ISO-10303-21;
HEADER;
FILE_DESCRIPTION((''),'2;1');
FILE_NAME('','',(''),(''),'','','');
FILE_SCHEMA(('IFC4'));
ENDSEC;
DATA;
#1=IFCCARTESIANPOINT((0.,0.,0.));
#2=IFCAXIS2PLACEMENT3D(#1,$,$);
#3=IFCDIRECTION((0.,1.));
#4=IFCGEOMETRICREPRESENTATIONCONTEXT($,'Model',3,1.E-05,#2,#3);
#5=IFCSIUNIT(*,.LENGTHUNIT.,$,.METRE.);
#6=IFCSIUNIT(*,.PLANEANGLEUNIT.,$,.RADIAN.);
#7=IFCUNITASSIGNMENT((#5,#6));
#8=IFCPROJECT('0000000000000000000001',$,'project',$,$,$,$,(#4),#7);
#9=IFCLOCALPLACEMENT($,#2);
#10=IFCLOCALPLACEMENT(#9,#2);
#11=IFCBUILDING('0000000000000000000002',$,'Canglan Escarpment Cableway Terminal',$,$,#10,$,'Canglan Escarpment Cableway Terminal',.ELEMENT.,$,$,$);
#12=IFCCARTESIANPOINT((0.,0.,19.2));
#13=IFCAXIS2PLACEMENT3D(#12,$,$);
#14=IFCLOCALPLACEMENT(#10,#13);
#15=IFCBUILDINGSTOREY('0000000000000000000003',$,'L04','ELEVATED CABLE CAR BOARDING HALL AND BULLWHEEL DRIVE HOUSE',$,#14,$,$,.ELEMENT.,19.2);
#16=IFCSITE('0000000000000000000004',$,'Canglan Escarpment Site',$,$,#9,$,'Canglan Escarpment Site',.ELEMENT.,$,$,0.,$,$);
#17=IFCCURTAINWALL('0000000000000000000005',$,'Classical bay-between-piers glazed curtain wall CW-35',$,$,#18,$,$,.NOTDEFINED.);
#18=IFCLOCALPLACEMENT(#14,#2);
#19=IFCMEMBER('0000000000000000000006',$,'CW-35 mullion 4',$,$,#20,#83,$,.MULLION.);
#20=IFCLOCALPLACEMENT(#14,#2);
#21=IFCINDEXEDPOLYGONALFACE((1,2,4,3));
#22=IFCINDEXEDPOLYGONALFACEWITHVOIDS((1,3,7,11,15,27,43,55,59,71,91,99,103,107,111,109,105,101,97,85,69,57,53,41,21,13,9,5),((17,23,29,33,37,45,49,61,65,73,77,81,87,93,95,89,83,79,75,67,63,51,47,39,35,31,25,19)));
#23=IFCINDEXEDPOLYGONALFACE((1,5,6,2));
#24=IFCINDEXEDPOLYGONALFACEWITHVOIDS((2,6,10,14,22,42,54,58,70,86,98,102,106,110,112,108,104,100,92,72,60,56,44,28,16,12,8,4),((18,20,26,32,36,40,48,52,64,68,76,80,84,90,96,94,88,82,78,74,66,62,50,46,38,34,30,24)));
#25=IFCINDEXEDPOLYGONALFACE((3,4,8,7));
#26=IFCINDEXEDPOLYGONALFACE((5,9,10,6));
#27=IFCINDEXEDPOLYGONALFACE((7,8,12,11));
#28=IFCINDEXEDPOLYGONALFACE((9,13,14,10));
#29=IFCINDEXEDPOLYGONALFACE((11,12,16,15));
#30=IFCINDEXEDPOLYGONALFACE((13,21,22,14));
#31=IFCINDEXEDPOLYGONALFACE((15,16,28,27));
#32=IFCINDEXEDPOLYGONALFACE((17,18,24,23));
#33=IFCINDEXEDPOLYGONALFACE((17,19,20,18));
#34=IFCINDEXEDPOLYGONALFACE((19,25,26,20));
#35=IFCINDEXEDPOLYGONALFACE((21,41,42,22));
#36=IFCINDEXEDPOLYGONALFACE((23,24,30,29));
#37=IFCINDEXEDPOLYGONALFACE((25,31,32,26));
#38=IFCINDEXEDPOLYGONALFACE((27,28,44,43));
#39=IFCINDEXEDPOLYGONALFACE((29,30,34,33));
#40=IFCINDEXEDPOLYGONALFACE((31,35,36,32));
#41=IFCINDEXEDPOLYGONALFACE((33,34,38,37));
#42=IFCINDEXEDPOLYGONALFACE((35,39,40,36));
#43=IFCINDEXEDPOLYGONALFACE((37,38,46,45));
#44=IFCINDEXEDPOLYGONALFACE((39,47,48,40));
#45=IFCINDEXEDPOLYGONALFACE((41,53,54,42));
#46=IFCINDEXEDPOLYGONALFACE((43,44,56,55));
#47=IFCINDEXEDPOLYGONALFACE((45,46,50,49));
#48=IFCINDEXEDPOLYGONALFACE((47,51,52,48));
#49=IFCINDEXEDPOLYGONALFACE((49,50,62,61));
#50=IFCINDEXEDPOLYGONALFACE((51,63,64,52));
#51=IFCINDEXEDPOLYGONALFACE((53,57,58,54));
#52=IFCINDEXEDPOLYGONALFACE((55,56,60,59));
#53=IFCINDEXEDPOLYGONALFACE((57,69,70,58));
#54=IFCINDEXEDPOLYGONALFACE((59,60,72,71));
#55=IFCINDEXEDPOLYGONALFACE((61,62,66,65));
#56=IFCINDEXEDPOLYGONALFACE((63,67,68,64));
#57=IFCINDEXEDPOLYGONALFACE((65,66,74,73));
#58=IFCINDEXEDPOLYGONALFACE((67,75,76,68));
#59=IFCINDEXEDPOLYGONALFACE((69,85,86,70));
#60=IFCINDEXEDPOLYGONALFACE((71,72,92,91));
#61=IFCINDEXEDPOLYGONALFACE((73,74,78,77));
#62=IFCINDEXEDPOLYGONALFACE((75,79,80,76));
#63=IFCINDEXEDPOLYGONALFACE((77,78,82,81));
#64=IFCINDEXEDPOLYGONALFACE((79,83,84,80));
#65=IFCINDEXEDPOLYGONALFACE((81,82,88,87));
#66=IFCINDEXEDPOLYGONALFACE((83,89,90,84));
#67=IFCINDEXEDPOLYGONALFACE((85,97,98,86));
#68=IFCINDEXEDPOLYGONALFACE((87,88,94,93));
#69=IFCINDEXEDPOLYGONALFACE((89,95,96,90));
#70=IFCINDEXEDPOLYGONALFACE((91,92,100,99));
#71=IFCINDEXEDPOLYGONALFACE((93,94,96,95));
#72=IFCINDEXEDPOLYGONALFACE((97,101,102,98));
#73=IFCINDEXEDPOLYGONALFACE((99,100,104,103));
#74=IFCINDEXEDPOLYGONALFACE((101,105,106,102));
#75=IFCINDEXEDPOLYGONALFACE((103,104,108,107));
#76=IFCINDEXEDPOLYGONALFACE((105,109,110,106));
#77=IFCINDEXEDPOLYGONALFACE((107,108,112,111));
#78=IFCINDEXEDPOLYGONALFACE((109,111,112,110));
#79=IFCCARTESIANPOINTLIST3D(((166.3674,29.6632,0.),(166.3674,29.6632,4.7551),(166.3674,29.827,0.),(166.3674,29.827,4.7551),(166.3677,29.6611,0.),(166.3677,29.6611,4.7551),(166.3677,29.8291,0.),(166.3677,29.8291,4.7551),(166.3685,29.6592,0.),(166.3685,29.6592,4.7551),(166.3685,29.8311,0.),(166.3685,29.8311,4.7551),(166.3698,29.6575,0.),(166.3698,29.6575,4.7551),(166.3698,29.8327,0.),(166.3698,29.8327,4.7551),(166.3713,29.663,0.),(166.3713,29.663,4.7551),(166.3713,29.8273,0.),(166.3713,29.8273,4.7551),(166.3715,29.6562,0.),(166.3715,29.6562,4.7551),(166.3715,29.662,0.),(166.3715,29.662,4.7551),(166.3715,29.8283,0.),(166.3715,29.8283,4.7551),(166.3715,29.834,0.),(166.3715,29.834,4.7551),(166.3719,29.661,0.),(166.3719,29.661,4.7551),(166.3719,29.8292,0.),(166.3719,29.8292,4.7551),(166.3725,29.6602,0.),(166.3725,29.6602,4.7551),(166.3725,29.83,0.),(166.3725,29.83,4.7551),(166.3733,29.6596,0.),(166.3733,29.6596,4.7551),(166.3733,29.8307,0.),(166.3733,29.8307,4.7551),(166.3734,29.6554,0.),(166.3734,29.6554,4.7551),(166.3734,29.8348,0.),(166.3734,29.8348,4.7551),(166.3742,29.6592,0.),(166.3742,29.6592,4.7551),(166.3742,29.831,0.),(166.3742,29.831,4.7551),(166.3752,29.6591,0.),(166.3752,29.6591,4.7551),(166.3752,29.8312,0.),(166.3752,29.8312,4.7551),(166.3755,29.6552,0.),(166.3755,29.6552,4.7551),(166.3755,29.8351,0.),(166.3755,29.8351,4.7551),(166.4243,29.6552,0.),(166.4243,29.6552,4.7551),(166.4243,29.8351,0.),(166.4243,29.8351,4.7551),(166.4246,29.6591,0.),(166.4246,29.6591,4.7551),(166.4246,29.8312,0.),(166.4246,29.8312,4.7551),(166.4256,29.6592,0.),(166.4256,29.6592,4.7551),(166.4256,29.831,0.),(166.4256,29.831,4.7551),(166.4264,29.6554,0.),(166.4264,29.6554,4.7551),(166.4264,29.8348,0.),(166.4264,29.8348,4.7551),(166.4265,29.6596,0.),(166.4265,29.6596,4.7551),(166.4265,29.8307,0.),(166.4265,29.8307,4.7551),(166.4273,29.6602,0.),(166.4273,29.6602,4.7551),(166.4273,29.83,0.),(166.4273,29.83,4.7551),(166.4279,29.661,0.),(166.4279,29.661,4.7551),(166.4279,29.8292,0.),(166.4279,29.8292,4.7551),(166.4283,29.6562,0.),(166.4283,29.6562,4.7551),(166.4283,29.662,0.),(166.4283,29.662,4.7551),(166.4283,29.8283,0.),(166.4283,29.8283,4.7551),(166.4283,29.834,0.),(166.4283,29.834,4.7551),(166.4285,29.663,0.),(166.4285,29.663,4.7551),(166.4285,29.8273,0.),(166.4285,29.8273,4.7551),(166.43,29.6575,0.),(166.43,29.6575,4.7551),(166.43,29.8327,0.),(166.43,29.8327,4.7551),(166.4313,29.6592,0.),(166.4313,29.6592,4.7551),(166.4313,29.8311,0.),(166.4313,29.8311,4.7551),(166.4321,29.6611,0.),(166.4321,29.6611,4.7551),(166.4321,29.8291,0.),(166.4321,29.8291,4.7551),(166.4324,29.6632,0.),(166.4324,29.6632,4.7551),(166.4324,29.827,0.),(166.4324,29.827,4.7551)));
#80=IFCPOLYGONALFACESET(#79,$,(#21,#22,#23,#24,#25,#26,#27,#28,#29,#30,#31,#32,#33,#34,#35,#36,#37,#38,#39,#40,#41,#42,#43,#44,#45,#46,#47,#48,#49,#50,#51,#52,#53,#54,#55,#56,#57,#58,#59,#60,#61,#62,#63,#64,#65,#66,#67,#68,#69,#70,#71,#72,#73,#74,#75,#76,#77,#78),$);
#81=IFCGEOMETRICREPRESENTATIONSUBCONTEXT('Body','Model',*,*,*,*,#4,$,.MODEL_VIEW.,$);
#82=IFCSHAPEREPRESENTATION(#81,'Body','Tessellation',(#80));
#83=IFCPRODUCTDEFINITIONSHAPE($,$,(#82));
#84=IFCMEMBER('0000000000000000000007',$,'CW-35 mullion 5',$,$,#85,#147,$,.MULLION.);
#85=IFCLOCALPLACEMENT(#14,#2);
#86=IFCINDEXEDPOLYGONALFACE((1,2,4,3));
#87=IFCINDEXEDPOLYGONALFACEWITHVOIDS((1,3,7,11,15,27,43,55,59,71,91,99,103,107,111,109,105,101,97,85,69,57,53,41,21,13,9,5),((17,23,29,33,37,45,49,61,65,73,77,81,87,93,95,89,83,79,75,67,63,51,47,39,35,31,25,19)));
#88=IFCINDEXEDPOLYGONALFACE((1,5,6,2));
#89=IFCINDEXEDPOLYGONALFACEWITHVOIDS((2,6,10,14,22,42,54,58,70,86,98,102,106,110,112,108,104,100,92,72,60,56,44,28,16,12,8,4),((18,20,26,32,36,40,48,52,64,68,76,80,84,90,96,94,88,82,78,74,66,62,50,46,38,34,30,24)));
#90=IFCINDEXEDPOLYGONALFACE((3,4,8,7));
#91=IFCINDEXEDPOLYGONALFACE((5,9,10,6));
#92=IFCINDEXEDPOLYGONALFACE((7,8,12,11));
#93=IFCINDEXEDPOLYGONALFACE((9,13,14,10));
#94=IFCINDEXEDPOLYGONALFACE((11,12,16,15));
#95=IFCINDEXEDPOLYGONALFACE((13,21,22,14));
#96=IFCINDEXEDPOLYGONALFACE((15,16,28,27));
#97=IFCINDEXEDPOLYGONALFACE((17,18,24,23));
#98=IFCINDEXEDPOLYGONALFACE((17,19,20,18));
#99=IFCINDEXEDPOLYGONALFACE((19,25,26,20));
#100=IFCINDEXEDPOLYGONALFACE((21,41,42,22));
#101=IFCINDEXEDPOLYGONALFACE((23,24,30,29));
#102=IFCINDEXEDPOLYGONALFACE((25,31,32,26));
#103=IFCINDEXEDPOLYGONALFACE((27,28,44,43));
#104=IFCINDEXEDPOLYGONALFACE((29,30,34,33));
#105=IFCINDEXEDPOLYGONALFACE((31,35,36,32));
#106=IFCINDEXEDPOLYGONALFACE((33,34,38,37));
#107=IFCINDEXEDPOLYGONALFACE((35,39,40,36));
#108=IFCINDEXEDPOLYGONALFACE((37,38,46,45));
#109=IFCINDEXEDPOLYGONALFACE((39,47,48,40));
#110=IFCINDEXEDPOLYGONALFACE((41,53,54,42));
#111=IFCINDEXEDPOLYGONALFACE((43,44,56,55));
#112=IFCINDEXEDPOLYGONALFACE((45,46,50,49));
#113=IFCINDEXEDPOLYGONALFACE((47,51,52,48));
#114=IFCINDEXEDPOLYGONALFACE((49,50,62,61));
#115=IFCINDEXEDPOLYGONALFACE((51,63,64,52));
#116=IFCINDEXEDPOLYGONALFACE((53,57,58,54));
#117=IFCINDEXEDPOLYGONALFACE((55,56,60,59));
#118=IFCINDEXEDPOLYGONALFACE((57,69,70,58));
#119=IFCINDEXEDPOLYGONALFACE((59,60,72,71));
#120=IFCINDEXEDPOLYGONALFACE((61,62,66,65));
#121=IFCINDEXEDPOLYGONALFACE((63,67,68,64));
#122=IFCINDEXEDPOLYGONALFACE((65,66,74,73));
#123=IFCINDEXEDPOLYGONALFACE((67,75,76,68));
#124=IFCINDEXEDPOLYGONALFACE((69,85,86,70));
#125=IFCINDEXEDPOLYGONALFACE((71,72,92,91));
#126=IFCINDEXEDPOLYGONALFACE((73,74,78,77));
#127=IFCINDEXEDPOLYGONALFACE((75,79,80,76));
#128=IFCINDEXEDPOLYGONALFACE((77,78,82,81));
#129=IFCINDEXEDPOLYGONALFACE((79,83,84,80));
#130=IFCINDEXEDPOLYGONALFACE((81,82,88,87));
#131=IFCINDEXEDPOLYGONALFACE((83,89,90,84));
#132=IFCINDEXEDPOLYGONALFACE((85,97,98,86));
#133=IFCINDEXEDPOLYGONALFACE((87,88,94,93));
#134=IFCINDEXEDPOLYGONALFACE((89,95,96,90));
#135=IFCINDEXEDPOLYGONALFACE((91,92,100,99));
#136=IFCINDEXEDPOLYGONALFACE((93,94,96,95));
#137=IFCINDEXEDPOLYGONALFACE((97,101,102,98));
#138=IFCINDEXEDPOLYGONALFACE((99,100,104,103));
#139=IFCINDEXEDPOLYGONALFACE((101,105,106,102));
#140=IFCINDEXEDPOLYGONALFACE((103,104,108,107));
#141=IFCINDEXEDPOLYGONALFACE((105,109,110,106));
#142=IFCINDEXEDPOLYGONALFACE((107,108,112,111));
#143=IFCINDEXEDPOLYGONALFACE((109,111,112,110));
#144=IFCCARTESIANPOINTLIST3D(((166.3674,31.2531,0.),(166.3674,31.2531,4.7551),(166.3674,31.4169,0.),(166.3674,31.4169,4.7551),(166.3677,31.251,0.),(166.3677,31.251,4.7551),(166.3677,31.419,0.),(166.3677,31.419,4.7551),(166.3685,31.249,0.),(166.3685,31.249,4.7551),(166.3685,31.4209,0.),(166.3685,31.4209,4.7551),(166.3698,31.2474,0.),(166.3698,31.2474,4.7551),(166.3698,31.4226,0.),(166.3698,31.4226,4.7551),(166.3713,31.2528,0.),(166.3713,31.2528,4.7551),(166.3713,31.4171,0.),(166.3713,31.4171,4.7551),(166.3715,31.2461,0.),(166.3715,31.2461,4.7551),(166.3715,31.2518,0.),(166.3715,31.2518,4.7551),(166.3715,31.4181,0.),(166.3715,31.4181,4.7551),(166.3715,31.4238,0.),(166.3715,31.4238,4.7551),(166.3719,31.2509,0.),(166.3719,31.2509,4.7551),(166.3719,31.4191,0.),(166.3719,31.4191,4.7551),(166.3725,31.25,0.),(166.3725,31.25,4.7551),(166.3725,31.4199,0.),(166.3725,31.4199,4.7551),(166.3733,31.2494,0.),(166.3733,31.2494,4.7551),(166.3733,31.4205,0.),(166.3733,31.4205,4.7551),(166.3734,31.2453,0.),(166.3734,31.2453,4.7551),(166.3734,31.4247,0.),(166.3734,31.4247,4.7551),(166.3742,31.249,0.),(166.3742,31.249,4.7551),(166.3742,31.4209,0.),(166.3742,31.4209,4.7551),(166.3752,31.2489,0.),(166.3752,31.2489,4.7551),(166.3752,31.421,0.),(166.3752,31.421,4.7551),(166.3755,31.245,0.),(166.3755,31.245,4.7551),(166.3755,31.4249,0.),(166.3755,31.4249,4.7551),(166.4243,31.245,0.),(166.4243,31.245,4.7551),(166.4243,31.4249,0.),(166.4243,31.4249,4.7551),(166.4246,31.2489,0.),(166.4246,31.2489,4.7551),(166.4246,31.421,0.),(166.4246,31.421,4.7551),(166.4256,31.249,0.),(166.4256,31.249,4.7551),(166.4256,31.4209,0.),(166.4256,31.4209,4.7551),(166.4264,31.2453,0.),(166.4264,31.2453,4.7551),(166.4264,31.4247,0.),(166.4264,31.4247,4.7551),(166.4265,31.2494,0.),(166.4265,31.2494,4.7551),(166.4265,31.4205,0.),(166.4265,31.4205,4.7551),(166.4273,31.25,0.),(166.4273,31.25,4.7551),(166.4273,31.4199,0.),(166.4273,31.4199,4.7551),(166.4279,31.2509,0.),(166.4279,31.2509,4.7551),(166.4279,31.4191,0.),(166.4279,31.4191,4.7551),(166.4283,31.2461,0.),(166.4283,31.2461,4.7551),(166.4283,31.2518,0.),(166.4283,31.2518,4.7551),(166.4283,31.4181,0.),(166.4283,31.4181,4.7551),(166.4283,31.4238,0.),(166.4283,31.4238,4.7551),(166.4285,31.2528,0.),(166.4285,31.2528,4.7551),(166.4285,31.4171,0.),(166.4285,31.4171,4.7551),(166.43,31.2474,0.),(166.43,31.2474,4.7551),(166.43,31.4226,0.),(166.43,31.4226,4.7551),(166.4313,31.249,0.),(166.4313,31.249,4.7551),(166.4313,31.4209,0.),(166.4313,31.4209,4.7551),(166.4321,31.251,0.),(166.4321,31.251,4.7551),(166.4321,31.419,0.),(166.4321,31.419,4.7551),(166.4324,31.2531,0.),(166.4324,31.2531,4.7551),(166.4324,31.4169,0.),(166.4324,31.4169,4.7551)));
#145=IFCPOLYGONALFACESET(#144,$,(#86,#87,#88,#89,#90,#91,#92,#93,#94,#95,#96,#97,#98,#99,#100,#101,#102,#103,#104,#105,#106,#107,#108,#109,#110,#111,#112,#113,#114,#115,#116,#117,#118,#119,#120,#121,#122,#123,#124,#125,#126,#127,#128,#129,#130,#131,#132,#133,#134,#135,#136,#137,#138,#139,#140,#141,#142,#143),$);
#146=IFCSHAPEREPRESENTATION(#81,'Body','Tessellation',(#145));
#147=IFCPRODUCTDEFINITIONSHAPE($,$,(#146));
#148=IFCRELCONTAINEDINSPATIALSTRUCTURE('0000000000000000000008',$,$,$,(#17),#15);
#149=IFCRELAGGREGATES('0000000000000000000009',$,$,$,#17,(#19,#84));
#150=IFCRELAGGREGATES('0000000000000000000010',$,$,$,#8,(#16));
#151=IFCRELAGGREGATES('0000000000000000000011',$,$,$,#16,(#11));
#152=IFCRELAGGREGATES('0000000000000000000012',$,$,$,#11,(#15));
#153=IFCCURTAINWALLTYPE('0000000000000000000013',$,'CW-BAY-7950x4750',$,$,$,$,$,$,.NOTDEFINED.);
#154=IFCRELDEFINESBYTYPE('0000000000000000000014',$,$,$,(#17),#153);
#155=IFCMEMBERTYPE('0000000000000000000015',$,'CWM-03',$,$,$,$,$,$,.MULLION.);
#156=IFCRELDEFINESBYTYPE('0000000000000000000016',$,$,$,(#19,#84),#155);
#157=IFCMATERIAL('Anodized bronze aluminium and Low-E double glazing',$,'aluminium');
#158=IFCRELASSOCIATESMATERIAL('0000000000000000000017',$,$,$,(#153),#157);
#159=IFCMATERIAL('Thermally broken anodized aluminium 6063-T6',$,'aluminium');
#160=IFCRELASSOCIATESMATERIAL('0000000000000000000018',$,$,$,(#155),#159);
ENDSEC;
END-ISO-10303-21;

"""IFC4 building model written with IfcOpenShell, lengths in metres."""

from ifc_helpers import new_model, si_unit, direction, frame, origin, origin_2d, place, context, subcontext, project, spatial, hollow_rectangle, extrude, material, material_profile, profile_set, type_object, element, aggregate, save


model = new_model("IFC4")

# Units and contexts
model_context = context("Model", 3, precision=1e-05, world=origin(), true_north=direction((0.0, 1.0)))
body_context = subcontext(model_context, "Body", "Model", "MODEL_VIEW")
ifc_project = project(units=[si_unit("LENGTHUNIT", "METRE"), si_unit("PLANEANGLEUNIT", "RADIAN")], contexts=[model_context])

# Site, building, storey
site_placement = place(None, origin())
site = spatial("IfcSite", under=ifc_project, at=site_placement, Name="Canglan Escarpment Site", LongName="Canglan Escarpment Site", CompositionType="ELEMENT", RefElevation=0.0)
building_placement = place(site_placement, origin())
building = spatial("IfcBuilding", under=site, at=building_placement, Name="Canglan Escarpment Cableway Terminal", LongName="Canglan Escarpment Cableway Terminal", CompositionType="ELEMENT")
storey_placement = place(building_placement, frame((0.0, 0.0, 19.2)))
storey = spatial("IfcBuildingStorey", under=building, at=storey_placement, Name="L04", Description="ELEVATED CABLE CAR BOARDING HALL AND BULLWHEEL DRIVE HOUSE", CompositionType="ELEMENT", Elevation=19.2)

# Curtain wall, members
ifc_material_1 = material(Name="Anodized bronze aluminium and Low-E double glazing", Category="aluminium")
curtain_wall_type = type_object("IfcCurtainWallType", Name="CW-BAY-7950x4750", PredefinedType="NOTDEFINED", material=ifc_material_1)
curtain_wall_placement = place(storey_placement, origin())
curtain_wall = element("IfcCurtainWall", 1, at=curtain_wall_placement, inside=storey, type_object=curtain_wall_type, Name="Classical bay-between-piers glazed curtain wall CW-35", PredefinedType="NOTDEFINED")
ifc_material_2 = material(Name="Thermally broken anodized aluminium 6063-T6", Category="aluminium")
ifc_material_profile_1 = material_profile(ifc_material_2, hollow_rectangle(XDim=0.0649, YDim=0.1799, WallThickness=0.0039, InnerFilletRadius=0.0039, OuterFilletRadius=0.0081, at=origin_2d()), Name="ALU-MULL 65x180x4")
ifc_profile_set_1 = profile_set([ifc_material_profile_1], Name="Thermally broken anodized aluminium 6063-T6")
member_type_1 = type_object("IfcMemberType", Name="CWM-03", PredefinedType="MULLION", material=ifc_profile_set_1)
member_1_placement = place(storey_placement, frame((166.3999, 29.7451, 0.0), z_axis=(0.0, 0.0, 1.0), x_axis=(-1.0, 0.0, 0.0)))
member_1 = element("IfcMember", 2, at=member_1_placement, type_object=member_type_1, Name="CW-35 mullion 4", PredefinedType="MULLION", context=body_context, shape_type="SweptSolid", body=[
    extrude(hollow_rectangle(XDim=0.0649, YDim=0.1799, WallThickness=0.0039, InnerFilletRadius=0.0039, OuterFilletRadius=0.0081, at=origin_2d()), origin(), (0.0, 0.0, 1.0), 4.7551),
])
member_2_placement = place(storey_placement, frame((166.3999, 31.335, 0.0), z_axis=(0.0, 0.0, 1.0), x_axis=(-1.0, 0.0, 0.0)))
member_2 = element("IfcMember", 3, at=member_2_placement, type_object=member_type_1, Name="CW-35 mullion 5", PredefinedType="MULLION", context=body_context, shape_type="SweptSolid", body=[
    extrude(hollow_rectangle(XDim=0.0649, YDim=0.1799, WallThickness=0.0039, InnerFilletRadius=0.0039, OuterFilletRadius=0.0081, at=origin_2d()), origin(), (0.0, 0.0, 1.0), 4.7551),
])
aggregate(curtain_wall, [member_1, member_2])

save(model, "model.ifc")
